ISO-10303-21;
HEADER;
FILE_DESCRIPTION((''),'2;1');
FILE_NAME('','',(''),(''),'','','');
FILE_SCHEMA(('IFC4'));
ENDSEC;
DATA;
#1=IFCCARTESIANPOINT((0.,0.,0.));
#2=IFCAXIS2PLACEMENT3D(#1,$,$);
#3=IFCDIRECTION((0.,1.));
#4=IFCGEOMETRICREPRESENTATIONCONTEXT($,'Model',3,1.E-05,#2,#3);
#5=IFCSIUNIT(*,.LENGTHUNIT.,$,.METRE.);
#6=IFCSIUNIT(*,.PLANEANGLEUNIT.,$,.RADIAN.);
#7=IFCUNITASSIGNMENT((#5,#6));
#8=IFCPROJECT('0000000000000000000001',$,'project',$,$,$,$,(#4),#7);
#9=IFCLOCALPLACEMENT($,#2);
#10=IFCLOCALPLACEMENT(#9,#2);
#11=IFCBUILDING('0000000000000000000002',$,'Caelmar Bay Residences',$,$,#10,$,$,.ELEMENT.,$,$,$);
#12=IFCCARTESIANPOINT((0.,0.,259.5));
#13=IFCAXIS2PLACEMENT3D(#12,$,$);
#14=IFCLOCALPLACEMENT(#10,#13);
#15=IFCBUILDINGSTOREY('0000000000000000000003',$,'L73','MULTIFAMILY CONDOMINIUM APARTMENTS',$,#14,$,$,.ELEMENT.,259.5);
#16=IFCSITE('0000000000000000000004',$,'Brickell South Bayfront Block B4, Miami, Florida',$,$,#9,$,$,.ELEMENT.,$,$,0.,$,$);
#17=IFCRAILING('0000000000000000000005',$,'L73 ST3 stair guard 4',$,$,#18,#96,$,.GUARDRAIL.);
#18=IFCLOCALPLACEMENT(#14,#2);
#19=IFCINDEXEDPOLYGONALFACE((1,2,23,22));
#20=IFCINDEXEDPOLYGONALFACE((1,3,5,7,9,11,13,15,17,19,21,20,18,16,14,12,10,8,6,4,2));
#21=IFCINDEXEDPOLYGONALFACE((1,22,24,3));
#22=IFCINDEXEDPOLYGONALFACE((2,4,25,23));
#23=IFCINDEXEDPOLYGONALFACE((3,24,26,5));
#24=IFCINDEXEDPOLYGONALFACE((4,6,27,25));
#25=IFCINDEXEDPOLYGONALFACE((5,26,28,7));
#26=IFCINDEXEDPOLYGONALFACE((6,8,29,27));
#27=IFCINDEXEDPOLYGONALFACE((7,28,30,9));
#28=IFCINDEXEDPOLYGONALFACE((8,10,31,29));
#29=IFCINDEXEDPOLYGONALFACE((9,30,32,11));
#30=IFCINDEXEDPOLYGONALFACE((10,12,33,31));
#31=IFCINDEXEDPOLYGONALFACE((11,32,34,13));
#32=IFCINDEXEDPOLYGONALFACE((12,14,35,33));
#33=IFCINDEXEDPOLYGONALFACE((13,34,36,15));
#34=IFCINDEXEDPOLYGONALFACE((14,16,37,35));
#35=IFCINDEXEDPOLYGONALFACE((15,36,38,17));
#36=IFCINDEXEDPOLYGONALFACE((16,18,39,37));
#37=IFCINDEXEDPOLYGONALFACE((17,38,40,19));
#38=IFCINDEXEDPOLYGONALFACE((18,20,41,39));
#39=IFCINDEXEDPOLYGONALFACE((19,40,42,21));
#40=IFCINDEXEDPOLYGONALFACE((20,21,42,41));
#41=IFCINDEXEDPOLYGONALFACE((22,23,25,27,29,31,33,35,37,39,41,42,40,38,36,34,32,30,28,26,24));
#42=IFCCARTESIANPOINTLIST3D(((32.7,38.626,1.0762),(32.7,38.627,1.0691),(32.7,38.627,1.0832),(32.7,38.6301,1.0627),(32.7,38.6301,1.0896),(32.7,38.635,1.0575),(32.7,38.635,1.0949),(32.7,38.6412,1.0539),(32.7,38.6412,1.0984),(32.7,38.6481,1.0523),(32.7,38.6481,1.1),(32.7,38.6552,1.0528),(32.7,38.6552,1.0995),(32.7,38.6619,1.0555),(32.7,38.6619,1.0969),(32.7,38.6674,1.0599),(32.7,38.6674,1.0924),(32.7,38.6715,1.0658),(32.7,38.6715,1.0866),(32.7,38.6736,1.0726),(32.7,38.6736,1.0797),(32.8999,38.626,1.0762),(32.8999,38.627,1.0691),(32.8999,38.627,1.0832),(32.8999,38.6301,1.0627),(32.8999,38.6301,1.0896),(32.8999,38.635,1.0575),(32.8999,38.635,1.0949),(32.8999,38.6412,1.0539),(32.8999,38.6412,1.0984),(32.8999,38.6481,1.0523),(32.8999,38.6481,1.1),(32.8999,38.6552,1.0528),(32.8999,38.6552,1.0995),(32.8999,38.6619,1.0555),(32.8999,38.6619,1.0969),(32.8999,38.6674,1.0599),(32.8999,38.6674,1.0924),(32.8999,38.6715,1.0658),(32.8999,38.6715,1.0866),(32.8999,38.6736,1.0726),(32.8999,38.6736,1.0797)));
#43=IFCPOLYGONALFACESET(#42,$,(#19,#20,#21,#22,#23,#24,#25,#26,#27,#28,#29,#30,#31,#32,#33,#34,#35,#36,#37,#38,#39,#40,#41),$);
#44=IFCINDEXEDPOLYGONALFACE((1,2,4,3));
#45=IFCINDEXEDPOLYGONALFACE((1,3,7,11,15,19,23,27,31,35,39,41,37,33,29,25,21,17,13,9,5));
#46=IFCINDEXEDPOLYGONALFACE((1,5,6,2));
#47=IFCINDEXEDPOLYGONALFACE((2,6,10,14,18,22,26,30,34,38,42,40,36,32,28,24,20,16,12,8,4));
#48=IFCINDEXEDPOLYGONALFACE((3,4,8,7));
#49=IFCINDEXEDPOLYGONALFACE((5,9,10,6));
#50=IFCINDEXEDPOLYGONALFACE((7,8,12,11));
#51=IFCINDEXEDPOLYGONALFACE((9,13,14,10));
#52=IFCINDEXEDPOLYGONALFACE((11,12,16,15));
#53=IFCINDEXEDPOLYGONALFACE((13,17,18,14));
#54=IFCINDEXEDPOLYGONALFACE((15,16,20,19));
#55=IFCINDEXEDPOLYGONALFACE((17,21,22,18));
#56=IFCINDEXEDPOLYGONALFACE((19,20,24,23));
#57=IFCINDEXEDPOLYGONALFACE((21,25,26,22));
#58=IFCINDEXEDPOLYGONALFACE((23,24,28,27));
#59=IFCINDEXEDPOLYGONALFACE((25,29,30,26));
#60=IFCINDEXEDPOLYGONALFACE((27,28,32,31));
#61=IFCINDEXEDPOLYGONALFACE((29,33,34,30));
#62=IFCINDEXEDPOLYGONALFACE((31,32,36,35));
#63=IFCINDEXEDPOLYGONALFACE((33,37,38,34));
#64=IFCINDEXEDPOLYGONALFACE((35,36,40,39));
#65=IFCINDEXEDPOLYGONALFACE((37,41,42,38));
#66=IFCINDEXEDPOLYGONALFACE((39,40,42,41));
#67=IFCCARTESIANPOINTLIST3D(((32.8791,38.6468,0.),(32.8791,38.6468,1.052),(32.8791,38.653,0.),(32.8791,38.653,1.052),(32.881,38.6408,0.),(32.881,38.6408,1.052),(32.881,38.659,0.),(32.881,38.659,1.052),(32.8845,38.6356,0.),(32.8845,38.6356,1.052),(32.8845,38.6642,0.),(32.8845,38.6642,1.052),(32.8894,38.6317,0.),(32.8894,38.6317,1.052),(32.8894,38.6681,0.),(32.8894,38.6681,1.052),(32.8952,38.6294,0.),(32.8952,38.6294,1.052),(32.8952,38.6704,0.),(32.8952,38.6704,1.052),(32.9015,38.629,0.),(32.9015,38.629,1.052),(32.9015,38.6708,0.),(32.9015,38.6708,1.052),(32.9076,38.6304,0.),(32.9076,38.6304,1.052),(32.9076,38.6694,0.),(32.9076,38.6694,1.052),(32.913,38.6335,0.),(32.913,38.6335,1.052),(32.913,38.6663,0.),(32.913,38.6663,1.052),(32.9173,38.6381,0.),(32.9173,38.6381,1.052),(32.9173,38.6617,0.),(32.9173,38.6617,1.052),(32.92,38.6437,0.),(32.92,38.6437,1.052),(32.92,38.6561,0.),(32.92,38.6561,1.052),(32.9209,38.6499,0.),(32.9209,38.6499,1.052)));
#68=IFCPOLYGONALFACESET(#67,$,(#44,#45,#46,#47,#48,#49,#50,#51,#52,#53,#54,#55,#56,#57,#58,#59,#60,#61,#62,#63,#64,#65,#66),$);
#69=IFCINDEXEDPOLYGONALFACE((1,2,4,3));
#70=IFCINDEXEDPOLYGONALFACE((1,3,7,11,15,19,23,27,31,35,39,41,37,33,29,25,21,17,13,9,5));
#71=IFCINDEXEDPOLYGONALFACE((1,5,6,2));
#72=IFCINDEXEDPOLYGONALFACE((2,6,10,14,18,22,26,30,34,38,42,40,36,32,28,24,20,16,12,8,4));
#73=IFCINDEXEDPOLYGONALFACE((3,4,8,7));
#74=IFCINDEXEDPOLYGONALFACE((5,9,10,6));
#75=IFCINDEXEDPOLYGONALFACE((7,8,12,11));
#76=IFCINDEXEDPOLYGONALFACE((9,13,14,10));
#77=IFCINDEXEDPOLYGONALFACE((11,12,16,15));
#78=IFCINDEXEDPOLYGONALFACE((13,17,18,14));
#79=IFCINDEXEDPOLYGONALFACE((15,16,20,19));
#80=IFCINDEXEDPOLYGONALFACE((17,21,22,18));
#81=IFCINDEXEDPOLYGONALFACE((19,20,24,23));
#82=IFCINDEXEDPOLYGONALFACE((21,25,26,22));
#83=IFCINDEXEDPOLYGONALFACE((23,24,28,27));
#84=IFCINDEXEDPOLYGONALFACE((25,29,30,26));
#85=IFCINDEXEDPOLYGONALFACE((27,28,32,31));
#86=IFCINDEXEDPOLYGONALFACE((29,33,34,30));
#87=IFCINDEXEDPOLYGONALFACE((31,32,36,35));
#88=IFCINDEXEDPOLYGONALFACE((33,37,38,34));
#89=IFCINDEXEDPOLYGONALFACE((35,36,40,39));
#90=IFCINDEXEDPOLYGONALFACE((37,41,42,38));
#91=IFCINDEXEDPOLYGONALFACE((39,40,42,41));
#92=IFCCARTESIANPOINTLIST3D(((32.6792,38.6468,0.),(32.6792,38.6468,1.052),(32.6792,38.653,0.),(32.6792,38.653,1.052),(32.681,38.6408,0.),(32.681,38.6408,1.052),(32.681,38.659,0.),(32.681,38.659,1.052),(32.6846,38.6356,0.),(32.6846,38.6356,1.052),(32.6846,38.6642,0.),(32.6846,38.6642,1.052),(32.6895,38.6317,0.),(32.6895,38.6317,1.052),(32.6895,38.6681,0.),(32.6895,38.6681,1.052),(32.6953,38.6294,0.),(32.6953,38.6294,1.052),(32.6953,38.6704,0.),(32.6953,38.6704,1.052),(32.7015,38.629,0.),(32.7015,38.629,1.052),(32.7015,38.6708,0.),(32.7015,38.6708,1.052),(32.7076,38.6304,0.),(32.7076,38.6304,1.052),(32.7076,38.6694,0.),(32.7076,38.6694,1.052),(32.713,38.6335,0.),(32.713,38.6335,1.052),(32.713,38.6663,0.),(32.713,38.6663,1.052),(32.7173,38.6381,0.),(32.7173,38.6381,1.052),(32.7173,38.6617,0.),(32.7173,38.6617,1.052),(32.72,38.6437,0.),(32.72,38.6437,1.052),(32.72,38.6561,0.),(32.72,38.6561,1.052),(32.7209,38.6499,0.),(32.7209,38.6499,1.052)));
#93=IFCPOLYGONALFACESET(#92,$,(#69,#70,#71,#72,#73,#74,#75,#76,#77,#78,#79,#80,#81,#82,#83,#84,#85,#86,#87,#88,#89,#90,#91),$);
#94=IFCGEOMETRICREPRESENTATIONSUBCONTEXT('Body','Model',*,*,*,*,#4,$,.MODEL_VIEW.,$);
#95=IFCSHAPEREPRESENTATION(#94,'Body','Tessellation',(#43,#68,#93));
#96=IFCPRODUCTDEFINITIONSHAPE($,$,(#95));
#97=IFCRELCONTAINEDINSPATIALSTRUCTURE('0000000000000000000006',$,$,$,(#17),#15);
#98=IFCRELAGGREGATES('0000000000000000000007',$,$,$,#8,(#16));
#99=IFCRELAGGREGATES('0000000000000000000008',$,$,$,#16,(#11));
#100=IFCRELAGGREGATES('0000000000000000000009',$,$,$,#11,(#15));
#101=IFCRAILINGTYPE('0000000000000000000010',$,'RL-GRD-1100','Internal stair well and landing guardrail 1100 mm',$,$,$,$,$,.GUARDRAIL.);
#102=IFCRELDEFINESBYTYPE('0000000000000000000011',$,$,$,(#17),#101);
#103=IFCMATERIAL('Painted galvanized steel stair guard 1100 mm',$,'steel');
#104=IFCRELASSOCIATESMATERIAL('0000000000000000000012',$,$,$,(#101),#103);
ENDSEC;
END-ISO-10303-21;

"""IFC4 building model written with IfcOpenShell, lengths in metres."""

from ifc_helpers import new_model, si_unit, direction, frame, origin, origin_2d, place, context, subcontext, project, spatial, circle, extrude, material, type_object, element, save


model = new_model("IFC4")

# Units and contexts
model_context = context("Model", 3, precision=1e-05, world=origin(), true_north=direction((0.0, 1.0)))
body_context = subcontext(model_context, "Body", "Model", "MODEL_VIEW")
ifc_project = project(units=[si_unit("LENGTHUNIT", "METRE"), si_unit("PLANEANGLEUNIT", "RADIAN")], contexts=[model_context])

# Site, building, storey
site_placement = place(None, origin())
site = spatial("IfcSite", under=ifc_project, at=site_placement, Name="Brickell South Bayfront Block B4, Miami, Florida", CompositionType="ELEMENT", RefElevation=0.0)
building_placement = place(site_placement, origin())
building = spatial("IfcBuilding", under=site, at=building_placement, Name="Caelmar Bay Residences", CompositionType="ELEMENT")
storey_placement = place(building_placement, frame((0.0, 0.0, 259.5)))
storey = spatial("IfcBuildingStorey", under=building, at=storey_placement, Name="L73", Description="MULTIFAMILY CONDOMINIUM APARTMENTS", CompositionType="ELEMENT", Elevation=259.5)

# Railing
ifc_material_1 = material(Name="Painted galvanized steel stair guard 1100 mm", Category="steel")
railing_type_1 = type_object("IfcRailingType", Name="RL-GRD-1100", Description="Internal stair well and landing guardrail 1100 mm", PredefinedType="GUARDRAIL", material=ifc_material_1)
railing_1_placement = place(storey_placement, frame((32.8999, 38.6499, 0.0)))
element("IfcRailing", 1, at=railing_1_placement, inside=storey, type_object=railing_type_1, Name="L73 ST3 stair guard 4", PredefinedType="GUARDRAIL", context=body_context, shape_type="SweptSolid", body=[
    extrude(circle(Radius=0.0239, at=origin_2d()), frame((0.0, 0.0, 1.0762), z_axis=(-1.0, 0.0, 0.0), x_axis=(0.0, -1.0, 0.0)), (0.0, 0.0, 1.0), 0.2),
    extrude(circle(Radius=0.021, at=origin_2d()), origin(), (0.0, 0.0, 1.0), 1.052),
    extrude(circle(Radius=0.021, at=origin_2d()), frame((-0.2, 0.0, 0.0)), (0.0, 0.0, 1.0), 1.052),
])

save(model, "model.ifc")
